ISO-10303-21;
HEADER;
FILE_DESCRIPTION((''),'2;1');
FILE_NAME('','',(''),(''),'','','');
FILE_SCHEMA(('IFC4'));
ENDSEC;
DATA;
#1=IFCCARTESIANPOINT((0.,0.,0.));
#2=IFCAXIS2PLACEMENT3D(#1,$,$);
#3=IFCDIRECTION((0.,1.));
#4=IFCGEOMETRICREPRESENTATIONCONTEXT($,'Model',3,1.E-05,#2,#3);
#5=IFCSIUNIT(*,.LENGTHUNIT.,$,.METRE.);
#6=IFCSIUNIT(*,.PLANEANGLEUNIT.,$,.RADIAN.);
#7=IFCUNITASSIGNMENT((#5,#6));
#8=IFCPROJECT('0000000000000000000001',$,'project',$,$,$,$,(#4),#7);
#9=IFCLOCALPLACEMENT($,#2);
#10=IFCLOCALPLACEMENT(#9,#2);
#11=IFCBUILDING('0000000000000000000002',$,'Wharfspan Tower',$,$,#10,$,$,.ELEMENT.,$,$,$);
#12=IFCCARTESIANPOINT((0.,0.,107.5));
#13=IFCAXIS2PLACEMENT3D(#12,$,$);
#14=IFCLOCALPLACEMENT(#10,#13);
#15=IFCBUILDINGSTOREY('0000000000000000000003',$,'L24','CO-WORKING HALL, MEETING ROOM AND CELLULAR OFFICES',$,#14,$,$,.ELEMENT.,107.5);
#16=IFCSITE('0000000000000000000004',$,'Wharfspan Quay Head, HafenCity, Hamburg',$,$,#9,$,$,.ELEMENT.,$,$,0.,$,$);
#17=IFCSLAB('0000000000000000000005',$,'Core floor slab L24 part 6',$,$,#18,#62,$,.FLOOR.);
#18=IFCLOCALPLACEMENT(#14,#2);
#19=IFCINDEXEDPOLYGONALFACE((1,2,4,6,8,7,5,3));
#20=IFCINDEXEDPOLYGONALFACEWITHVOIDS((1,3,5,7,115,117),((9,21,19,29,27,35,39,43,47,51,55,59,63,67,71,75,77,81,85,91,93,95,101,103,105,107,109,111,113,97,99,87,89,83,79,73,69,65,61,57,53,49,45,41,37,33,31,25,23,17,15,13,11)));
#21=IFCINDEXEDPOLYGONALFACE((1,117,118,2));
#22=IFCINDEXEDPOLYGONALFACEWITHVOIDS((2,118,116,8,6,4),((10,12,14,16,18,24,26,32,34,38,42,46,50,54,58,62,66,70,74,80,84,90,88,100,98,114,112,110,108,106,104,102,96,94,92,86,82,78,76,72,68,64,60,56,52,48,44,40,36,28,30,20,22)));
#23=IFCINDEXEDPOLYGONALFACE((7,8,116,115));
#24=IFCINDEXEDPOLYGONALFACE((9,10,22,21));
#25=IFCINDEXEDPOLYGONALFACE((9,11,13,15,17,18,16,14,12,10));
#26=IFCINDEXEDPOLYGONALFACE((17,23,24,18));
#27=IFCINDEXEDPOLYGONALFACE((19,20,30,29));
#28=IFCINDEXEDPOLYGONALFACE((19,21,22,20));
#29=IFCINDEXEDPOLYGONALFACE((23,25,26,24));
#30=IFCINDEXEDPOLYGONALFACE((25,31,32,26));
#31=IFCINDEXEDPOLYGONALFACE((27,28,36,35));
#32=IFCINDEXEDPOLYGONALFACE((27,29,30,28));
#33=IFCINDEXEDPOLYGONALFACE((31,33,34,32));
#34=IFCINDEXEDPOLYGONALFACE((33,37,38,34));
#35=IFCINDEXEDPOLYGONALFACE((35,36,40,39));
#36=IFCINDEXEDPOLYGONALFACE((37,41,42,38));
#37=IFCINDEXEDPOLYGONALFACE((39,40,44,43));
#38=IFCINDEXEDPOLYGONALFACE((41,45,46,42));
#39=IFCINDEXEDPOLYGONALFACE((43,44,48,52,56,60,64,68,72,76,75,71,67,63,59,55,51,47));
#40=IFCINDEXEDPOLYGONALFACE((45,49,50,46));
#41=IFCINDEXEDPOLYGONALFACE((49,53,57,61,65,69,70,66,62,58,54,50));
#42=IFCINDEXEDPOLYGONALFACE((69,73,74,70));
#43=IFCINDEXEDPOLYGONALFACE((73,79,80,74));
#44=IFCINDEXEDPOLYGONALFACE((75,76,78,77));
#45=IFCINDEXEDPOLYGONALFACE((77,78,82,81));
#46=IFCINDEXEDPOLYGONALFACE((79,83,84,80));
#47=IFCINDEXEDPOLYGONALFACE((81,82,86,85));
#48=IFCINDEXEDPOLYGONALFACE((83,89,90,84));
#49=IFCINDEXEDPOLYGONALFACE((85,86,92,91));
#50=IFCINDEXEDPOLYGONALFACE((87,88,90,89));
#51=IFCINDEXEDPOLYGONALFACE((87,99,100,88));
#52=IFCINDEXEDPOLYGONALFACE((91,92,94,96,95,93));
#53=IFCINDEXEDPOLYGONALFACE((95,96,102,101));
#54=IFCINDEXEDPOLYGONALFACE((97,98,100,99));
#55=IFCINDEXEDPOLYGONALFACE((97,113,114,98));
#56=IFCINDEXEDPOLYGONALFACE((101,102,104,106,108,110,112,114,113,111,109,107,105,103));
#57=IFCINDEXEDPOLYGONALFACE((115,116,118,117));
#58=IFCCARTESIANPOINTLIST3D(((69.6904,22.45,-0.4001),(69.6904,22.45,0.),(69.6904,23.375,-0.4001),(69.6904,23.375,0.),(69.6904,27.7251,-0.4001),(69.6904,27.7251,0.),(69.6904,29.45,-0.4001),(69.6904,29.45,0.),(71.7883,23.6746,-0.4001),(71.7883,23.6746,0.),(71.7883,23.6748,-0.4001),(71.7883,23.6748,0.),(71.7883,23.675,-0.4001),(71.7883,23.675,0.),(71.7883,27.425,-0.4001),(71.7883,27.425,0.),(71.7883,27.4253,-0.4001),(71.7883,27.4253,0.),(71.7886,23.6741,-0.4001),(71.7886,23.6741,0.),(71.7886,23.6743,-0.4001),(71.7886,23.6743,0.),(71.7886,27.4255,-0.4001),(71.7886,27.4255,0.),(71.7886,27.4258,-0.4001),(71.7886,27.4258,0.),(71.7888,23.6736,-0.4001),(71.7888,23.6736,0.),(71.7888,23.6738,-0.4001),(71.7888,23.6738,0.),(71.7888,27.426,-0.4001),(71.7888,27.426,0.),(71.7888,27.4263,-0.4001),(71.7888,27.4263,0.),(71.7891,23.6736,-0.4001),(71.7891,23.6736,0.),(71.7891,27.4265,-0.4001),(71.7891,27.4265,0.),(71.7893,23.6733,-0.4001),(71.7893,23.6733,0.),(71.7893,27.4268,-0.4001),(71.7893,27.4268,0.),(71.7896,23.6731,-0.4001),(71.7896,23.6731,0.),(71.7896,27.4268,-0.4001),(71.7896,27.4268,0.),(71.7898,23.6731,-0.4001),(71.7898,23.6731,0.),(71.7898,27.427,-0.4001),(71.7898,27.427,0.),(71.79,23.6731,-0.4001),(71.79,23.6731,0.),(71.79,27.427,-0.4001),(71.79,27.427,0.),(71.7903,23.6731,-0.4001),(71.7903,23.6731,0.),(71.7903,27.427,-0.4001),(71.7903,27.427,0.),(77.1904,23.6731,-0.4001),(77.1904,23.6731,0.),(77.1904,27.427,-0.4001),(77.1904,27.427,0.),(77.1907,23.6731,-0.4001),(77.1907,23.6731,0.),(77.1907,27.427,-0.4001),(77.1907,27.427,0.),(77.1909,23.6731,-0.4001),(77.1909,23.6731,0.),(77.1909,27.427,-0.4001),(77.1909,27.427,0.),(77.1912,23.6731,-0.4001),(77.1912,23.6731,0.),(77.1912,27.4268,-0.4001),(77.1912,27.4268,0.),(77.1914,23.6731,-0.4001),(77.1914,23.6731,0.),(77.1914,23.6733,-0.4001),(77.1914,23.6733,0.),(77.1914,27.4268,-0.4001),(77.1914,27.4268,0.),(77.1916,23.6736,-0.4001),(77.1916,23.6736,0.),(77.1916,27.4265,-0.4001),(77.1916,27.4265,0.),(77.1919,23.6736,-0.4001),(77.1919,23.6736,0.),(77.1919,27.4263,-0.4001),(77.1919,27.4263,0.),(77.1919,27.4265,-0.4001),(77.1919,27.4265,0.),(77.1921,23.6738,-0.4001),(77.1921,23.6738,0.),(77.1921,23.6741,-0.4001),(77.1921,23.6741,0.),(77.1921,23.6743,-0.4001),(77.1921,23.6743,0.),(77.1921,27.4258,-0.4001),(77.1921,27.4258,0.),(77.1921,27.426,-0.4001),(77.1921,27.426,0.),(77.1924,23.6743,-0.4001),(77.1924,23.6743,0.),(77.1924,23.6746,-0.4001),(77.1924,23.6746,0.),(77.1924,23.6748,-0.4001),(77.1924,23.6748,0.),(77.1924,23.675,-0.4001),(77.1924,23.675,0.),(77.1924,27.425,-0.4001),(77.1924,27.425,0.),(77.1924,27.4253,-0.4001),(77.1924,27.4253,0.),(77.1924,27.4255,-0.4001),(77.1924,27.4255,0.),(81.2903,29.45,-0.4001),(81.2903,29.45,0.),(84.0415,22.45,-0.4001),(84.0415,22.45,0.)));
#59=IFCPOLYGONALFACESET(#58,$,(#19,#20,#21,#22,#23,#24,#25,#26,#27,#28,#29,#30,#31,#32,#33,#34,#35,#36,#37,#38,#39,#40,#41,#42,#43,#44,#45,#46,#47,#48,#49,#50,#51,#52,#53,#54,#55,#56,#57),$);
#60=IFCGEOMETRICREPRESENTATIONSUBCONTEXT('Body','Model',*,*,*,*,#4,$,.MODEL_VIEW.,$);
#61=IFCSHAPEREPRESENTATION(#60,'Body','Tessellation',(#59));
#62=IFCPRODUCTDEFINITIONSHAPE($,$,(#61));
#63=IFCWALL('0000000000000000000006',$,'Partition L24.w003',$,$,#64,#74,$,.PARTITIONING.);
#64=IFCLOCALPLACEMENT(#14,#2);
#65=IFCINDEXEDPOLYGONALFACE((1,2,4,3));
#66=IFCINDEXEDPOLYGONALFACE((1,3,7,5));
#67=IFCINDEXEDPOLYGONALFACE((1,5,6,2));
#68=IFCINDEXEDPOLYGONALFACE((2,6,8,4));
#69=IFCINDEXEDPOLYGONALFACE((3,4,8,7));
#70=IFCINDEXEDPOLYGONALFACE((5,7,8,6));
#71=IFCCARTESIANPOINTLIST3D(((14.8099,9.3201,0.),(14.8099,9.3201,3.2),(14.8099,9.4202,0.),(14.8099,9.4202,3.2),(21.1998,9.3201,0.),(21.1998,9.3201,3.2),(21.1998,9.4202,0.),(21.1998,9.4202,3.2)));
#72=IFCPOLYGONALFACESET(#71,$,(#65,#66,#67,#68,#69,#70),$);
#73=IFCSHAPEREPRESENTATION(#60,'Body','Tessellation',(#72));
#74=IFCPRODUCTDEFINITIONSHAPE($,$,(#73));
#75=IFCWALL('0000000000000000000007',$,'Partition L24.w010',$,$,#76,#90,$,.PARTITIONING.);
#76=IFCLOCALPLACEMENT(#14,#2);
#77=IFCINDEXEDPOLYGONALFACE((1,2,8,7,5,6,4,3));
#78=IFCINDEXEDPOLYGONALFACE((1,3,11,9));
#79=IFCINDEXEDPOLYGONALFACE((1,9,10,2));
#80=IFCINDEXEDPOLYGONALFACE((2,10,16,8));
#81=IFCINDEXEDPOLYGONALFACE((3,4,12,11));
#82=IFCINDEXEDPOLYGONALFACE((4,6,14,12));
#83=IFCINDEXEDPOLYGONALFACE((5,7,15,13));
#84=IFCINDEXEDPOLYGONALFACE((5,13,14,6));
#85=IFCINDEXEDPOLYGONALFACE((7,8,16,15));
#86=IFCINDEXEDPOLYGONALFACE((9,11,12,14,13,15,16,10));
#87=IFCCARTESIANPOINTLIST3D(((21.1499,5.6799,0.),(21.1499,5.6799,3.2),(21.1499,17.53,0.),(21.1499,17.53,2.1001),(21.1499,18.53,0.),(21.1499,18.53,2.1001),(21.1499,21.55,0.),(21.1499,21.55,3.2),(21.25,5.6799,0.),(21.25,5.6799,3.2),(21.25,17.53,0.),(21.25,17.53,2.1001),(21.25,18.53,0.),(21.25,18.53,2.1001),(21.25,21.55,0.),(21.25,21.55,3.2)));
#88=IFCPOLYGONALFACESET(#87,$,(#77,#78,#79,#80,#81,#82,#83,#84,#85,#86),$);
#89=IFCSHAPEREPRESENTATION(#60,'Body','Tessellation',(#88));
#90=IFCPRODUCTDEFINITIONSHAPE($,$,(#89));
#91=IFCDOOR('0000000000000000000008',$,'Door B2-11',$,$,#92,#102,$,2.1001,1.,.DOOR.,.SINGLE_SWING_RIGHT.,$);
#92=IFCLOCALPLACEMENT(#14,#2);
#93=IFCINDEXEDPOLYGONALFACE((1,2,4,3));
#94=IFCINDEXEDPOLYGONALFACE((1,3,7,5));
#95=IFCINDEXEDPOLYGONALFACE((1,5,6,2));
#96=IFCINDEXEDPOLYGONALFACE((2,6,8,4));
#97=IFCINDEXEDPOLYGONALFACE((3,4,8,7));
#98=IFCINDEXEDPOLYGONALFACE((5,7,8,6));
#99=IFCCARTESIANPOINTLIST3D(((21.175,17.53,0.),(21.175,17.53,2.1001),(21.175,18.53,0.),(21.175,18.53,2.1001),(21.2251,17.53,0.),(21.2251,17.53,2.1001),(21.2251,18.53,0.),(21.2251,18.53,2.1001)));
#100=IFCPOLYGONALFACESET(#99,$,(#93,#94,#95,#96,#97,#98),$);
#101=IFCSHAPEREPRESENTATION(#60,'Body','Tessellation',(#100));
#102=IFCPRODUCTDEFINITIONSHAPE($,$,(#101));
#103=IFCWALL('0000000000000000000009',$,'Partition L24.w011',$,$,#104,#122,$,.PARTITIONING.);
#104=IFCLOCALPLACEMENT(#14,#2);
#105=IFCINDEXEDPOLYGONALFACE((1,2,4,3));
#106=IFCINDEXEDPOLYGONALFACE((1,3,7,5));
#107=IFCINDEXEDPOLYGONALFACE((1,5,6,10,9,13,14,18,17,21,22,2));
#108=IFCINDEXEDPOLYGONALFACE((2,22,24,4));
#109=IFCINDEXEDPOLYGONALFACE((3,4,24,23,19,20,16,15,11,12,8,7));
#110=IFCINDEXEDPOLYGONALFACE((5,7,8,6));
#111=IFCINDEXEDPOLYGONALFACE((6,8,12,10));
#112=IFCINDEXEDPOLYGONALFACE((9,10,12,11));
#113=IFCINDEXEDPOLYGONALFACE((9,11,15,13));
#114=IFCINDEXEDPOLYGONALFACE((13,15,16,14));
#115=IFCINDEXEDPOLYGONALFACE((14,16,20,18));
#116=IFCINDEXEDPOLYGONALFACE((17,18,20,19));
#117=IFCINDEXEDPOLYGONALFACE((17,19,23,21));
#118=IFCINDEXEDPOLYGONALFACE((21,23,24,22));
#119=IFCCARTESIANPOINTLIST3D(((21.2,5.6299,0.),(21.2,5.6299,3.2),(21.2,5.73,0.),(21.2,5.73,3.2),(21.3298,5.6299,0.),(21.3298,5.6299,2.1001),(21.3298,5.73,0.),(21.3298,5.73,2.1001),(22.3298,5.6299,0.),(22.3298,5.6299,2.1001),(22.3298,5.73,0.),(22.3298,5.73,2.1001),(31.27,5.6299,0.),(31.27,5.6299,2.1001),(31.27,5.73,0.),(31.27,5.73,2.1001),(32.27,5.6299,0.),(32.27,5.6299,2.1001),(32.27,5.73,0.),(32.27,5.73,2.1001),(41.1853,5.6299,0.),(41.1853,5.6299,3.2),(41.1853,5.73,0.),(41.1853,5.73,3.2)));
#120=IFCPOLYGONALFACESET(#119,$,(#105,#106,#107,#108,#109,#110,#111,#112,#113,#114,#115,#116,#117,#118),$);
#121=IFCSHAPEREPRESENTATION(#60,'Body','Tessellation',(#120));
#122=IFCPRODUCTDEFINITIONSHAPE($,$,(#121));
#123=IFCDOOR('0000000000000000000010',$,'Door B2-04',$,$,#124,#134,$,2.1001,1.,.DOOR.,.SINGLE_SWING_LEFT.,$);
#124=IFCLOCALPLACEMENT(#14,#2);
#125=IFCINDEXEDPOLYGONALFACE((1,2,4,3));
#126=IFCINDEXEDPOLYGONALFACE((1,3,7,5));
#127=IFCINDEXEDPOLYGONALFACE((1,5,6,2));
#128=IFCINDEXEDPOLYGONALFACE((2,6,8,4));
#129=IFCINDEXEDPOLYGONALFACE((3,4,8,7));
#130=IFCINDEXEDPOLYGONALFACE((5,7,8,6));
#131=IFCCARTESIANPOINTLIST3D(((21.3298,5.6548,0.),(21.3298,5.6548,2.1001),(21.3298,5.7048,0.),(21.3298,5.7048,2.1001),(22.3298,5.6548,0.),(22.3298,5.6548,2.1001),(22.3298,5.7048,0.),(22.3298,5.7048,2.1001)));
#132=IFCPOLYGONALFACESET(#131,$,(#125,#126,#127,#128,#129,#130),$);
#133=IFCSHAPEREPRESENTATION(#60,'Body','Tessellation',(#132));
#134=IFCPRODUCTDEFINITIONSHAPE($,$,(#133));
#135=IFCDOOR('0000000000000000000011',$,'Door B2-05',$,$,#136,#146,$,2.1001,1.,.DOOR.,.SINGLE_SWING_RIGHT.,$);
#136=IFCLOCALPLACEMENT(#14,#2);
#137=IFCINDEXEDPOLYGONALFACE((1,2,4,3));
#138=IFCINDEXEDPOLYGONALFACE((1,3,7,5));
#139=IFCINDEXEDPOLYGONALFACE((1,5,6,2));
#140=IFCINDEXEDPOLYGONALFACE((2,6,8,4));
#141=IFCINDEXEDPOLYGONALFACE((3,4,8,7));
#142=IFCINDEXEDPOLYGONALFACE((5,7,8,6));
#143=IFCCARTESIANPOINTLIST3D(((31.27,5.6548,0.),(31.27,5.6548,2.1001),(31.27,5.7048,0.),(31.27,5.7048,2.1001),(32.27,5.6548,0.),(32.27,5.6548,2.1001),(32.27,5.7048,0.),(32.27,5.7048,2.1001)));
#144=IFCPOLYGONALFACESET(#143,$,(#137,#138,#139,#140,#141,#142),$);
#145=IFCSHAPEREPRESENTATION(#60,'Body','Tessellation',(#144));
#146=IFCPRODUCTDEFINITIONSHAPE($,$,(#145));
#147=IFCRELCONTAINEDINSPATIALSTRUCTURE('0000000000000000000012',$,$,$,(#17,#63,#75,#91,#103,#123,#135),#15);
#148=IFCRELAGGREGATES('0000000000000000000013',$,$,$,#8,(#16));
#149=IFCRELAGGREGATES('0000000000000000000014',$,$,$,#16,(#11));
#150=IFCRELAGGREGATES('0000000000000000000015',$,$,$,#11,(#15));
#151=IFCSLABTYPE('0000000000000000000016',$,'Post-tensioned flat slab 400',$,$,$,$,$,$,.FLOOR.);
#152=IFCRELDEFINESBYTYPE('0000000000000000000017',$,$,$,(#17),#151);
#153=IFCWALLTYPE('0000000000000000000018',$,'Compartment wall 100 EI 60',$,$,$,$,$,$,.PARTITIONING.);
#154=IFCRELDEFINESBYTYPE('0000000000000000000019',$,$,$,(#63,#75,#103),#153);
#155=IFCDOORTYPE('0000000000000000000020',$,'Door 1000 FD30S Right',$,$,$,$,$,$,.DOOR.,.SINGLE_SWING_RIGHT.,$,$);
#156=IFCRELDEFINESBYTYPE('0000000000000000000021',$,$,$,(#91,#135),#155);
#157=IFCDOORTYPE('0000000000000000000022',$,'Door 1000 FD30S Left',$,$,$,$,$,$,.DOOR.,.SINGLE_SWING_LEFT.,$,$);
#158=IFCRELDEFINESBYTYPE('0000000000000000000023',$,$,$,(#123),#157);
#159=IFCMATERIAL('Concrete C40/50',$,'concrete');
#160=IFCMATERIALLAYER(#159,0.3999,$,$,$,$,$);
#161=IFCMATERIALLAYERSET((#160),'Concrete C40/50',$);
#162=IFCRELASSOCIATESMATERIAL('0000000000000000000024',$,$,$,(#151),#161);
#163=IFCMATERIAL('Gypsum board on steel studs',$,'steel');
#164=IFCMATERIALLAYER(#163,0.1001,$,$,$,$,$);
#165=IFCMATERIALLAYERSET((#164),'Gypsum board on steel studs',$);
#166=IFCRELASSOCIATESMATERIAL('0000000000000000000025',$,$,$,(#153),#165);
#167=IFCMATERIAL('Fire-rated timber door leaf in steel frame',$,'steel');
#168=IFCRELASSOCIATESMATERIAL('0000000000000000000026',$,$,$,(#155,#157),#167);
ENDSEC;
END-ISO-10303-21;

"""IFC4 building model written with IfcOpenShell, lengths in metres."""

from ifc_helpers import new_model, si_unit, direction, frame, frame_2d, origin, place, context, subcontext, project, spatial, polyline, rectangle, outline, extrude, material, layer, layer_set, type_object, element, fill, save


model = new_model("IFC4")

# Units and contexts
model_context = context("Model", 3, precision=1e-05, world=origin(), true_north=direction((0.0, 1.0)))
body_context = subcontext(model_context, "Body", "Model", "MODEL_VIEW")
ifc_project = project(units=[si_unit("LENGTHUNIT", "METRE"), si_unit("PLANEANGLEUNIT", "RADIAN")], contexts=[model_context])

# Site, building, storey
site_placement = place(None, origin())
site = spatial("IfcSite", under=ifc_project, at=site_placement, Name="Wharfspan Quay Head, HafenCity, Hamburg", CompositionType="ELEMENT", RefElevation=0.0)
building_placement = place(site_placement, origin())
building = spatial("IfcBuilding", under=site, at=building_placement, Name="Wharfspan Tower", CompositionType="ELEMENT")
storey_placement = place(building_placement, frame((0.0, 0.0, 107.5)))
storey = spatial("IfcBuildingStorey", under=building, at=storey_placement, Name="L24", Description="CO-WORKING HALL, MEETING ROOM AND CELLULAR OFFICES", CompositionType="ELEMENT", Elevation=107.5)

# Slab
ifc_material_1 = material(Name="Concrete C40/50", Category="concrete")
ifc_layer_1 = layer(ifc_material_1, 0.3999)
ifc_layer_set_1 = layer_set([ifc_layer_1], Name="Concrete C40/50")
slab_type = type_object("IfcSlabType", Name="Post-tensioned flat slab 400", PredefinedType="FLOOR", material=ifc_layer_set_1)
slab_placement = place(storey_placement, frame((0.0, 0.0, -0.4001)))
element("IfcSlab", 1, at=slab_placement, inside=storey, type_object=slab_type, Name="Core floor slab L24 part 6", PredefinedType="FLOOR", context=body_context, shape_type="SweptSolid", body=[
    extrude(outline(polyline([(81.2903, 29.45), (69.6904, 29.45), (69.6904, 27.7251), (69.6904, 23.375), (69.6904, 22.45), (84.0415, 22.45), (81.2903, 29.45)]), holes=[polyline([(71.7903, 23.6731), (71.7903, 23.6731), (71.79, 23.6731), (71.7898, 23.6731), (71.7896, 23.6731), (71.7896, 23.6731), (71.7893, 23.6733), (71.7891, 23.6736), (71.7891, 23.6736), (71.7888, 23.6736), (71.7888, 23.6738), (71.7886, 23.6741), (71.7886, 23.6743), (71.7886, 23.6743), (71.7883, 23.6746), (71.7883, 23.6748), (71.7883, 23.675), (71.7883, 27.425), (71.7883, 27.4253), (71.7883, 27.4253), (71.7886, 27.4255), (71.7886, 27.4258), (71.7886, 27.4258), (71.7888, 27.426), (71.7888, 27.4263), (71.7891, 27.4265), (71.7891, 27.4265), (71.7893, 27.4268), (71.7896, 27.4268), (71.7896, 27.4268), (71.7898, 27.427), (71.79, 27.427), (71.7903, 27.427), (71.7903, 27.427), (77.1904, 27.427), (77.1907, 27.427), (77.1909, 27.427), (77.1909, 27.427), (77.1912, 27.4268), (77.1914, 27.4268), (77.1914, 27.4268), (77.1916, 27.4265), (77.1919, 27.4265), (77.1919, 27.4263), (77.1921, 27.426), (77.1921, 27.4258), (77.1921, 27.4258), (77.1924, 27.4255), (77.1924, 27.4253), (77.1924, 27.4253), (77.1924, 27.425), (77.1924, 23.675), (77.1924, 23.6748), (77.1924, 23.6746), (77.1924, 23.6743), (77.1921, 23.6743), (77.1921, 23.6741), (77.1921, 23.6738), (77.1919, 23.6736), (77.1919, 23.6736), (77.1916, 23.6736), (77.1914, 23.6733), (77.1914, 23.6731), (77.1912, 23.6731), (77.1909, 23.6731), (77.1909, 23.6731), (77.1907, 23.6731), (77.1904, 23.6731), (71.7903, 23.6731)])]), origin(), (0.0, 0.0, 1.0), 0.4001),
])

# Wall
ifc_material_2 = material(Name="Gypsum board on steel studs", Category="steel")
ifc_layer_2 = layer(ifc_material_2, 0.1001)
ifc_layer_set_2 = layer_set([ifc_layer_2], Name="Gypsum board on steel studs")
wall_type_1 = type_object("IfcWallType", Name="Compartment wall 100 EI 60", PredefinedType="PARTITIONING", material=ifc_layer_set_2)
wall_1_placement = place(storey_placement, frame((14.8101, 9.3701, 0.0), z_axis=(0.0, 0.0, 1.0), x_axis=(1.0, 0.0, 0.0)))
element("IfcWall", 2, at=wall_1_placement, inside=storey, type_object=wall_type_1, Name="Partition L24.w003", PredefinedType="PARTITIONING", context=body_context, shape_type="SweptSolid", body=[
    extrude(rectangle(XDim=6.3899, YDim=0.1001, at=frame_2d((3.1948, 0.0))), origin(), (0.0, 0.0, 1.0), 3.2),
])

# Wall, opening, door
wall_2_placement = place(storey_placement, frame((21.2, 5.6799, 0.0), z_axis=(0.0, 0.0, 1.0), x_axis=(0.0, 1.0, 0.0)))
wall_2 = element("IfcWall", 3, at=wall_2_placement, inside=storey, type_object=wall_type_1, Name="Partition L24.w010", PredefinedType="PARTITIONING", context=body_context, shape_type="SweptSolid", body=[
    extrude(rectangle(XDim=15.8701, YDim=0.1001, at=frame_2d((7.9351, 0.0))), origin(), (0.0, 0.0, 1.0), 3.2),
])
opening_1_placement = place(wall_2_placement, frame((11.8501, 0.0, 0.0)))
opening_1 = element("IfcOpeningElement", 4, at=opening_1_placement, cuts=wall_2, PredefinedType="OPENING", context=body_context, shape_type="SweptSolid", body=[
    extrude(rectangle(XDim=1.0, YDim=2.1001, at=frame_2d((0.5, 1.05))), frame((0.0, 0.0601, 0.0), z_axis=(0.0, -1.0, 0.0), x_axis=(1.0, 0.0, 0.0)), (0.0, 0.0, 1.0), 0.1201),
])
ifc_material_3 = material(Name="Fire-rated timber door leaf in steel frame", Category="steel")
door_type_1 = type_object("IfcDoorType", Name="Door 1000 FD30S Right", OperationType="SINGLE_SWING_RIGHT", PredefinedType="DOOR", material=ifc_material_3)
door_1_placement = place(opening_1_placement, origin())
door_1 = element("IfcDoor", 5, at=door_1_placement, inside=storey, type_object=door_type_1, Name="Door B2-11", OperationType="SINGLE_SWING_RIGHT", OverallHeight=2.1001, OverallWidth=1.0, PredefinedType="DOOR", context=body_context, shape_type="SweptSolid", body=[
    extrude(rectangle(XDim=1.0, YDim=2.1001, at=frame_2d((0.5, 1.05))), frame((0.0, 0.0249, 0.0), z_axis=(0.0, -1.0, 0.0), x_axis=(1.0, 0.0, 0.0)), (0.0, 0.0, 1.0), 0.05),
])
fill(opening_1, door_1)

# Wall, openings, doors
wall_3_placement = place(storey_placement, frame((21.2, 5.6799, 0.0), z_axis=(0.0, 0.0, 1.0), x_axis=(1.0, 0.0, 0.0)))
wall_3 = element("IfcWall", 6, at=wall_3_placement, inside=storey, type_object=wall_type_1, Name="Partition L24.w011", PredefinedType="PARTITIONING", context=body_context, shape_type="SweptSolid", body=[
    extrude(rectangle(XDim=19.9854, YDim=0.1001, at=frame_2d((9.9927, 0.0))), origin(), (0.0, 0.0, 1.0), 3.2),
])
opening_2_placement = place(wall_3_placement, frame((0.1299, 0.0, 0.0)))
opening_2 = element("IfcOpeningElement", 7, at=opening_2_placement, cuts=wall_3, PredefinedType="OPENING", context=body_context, shape_type="SweptSolid", body=[
    extrude(rectangle(XDim=1.0, YDim=2.1001, at=frame_2d((0.5, 1.05))), frame((0.0, 0.0601, 0.0), z_axis=(0.0, -1.0, 0.0), x_axis=(1.0, 0.0, 0.0)), (0.0, 0.0, 1.0), 0.1201),
])
opening_3_placement = place(wall_3_placement, frame((10.0701, 0.0, 0.0)))
opening_3 = element("IfcOpeningElement", 8, at=opening_3_placement, cuts=wall_3, PredefinedType="OPENING", context=body_context, shape_type="SweptSolid", body=[
    extrude(rectangle(XDim=1.0, YDim=2.1001, at=frame_2d((0.5, 1.05))), frame((0.0, 0.0601, 0.0), z_axis=(0.0, -1.0, 0.0), x_axis=(1.0, 0.0, 0.0)), (0.0, 0.0, 1.0), 0.1201),
])
door_type_2 = type_object("IfcDoorType", Name="Door 1000 FD30S Left", OperationType="SINGLE_SWING_LEFT", PredefinedType="DOOR", material=ifc_material_3)
door_2_placement = place(opening_2_placement, origin())
door_2 = element("IfcDoor", 9, at=door_2_placement, inside=storey, type_object=door_type_2, Name="Door B2-04", OperationType="SINGLE_SWING_LEFT", OverallHeight=2.1001, OverallWidth=1.0, PredefinedType="DOOR", context=body_context, shape_type="SweptSolid", body=[
    extrude(rectangle(XDim=1.0, YDim=2.1001, at=frame_2d((0.5, 1.05))), frame((0.0, 0.0249, 0.0), z_axis=(0.0, -1.0, 0.0), x_axis=(1.0, 0.0, 0.0)), (0.0, 0.0, 1.0), 0.05),
])
fill(opening_2, door_2)
door_3_placement = place(opening_3_placement, origin())
door_3 = element("IfcDoor", 10, at=door_3_placement, inside=storey, type_object=door_type_1, Name="Door B2-05", OperationType="SINGLE_SWING_RIGHT", OverallHeight=2.1001, OverallWidth=1.0, PredefinedType="DOOR", context=body_context, shape_type="SweptSolid", body=[
    extrude(rectangle(XDim=1.0, YDim=2.1001, at=frame_2d((0.5, 1.05))), frame((0.0, 0.0249, 0.0), z_axis=(0.0, -1.0, 0.0), x_axis=(1.0, 0.0, 0.0)), (0.0, 0.0, 1.0), 0.05),
])
fill(opening_3, door_3)

save(model, "model.ifc")
